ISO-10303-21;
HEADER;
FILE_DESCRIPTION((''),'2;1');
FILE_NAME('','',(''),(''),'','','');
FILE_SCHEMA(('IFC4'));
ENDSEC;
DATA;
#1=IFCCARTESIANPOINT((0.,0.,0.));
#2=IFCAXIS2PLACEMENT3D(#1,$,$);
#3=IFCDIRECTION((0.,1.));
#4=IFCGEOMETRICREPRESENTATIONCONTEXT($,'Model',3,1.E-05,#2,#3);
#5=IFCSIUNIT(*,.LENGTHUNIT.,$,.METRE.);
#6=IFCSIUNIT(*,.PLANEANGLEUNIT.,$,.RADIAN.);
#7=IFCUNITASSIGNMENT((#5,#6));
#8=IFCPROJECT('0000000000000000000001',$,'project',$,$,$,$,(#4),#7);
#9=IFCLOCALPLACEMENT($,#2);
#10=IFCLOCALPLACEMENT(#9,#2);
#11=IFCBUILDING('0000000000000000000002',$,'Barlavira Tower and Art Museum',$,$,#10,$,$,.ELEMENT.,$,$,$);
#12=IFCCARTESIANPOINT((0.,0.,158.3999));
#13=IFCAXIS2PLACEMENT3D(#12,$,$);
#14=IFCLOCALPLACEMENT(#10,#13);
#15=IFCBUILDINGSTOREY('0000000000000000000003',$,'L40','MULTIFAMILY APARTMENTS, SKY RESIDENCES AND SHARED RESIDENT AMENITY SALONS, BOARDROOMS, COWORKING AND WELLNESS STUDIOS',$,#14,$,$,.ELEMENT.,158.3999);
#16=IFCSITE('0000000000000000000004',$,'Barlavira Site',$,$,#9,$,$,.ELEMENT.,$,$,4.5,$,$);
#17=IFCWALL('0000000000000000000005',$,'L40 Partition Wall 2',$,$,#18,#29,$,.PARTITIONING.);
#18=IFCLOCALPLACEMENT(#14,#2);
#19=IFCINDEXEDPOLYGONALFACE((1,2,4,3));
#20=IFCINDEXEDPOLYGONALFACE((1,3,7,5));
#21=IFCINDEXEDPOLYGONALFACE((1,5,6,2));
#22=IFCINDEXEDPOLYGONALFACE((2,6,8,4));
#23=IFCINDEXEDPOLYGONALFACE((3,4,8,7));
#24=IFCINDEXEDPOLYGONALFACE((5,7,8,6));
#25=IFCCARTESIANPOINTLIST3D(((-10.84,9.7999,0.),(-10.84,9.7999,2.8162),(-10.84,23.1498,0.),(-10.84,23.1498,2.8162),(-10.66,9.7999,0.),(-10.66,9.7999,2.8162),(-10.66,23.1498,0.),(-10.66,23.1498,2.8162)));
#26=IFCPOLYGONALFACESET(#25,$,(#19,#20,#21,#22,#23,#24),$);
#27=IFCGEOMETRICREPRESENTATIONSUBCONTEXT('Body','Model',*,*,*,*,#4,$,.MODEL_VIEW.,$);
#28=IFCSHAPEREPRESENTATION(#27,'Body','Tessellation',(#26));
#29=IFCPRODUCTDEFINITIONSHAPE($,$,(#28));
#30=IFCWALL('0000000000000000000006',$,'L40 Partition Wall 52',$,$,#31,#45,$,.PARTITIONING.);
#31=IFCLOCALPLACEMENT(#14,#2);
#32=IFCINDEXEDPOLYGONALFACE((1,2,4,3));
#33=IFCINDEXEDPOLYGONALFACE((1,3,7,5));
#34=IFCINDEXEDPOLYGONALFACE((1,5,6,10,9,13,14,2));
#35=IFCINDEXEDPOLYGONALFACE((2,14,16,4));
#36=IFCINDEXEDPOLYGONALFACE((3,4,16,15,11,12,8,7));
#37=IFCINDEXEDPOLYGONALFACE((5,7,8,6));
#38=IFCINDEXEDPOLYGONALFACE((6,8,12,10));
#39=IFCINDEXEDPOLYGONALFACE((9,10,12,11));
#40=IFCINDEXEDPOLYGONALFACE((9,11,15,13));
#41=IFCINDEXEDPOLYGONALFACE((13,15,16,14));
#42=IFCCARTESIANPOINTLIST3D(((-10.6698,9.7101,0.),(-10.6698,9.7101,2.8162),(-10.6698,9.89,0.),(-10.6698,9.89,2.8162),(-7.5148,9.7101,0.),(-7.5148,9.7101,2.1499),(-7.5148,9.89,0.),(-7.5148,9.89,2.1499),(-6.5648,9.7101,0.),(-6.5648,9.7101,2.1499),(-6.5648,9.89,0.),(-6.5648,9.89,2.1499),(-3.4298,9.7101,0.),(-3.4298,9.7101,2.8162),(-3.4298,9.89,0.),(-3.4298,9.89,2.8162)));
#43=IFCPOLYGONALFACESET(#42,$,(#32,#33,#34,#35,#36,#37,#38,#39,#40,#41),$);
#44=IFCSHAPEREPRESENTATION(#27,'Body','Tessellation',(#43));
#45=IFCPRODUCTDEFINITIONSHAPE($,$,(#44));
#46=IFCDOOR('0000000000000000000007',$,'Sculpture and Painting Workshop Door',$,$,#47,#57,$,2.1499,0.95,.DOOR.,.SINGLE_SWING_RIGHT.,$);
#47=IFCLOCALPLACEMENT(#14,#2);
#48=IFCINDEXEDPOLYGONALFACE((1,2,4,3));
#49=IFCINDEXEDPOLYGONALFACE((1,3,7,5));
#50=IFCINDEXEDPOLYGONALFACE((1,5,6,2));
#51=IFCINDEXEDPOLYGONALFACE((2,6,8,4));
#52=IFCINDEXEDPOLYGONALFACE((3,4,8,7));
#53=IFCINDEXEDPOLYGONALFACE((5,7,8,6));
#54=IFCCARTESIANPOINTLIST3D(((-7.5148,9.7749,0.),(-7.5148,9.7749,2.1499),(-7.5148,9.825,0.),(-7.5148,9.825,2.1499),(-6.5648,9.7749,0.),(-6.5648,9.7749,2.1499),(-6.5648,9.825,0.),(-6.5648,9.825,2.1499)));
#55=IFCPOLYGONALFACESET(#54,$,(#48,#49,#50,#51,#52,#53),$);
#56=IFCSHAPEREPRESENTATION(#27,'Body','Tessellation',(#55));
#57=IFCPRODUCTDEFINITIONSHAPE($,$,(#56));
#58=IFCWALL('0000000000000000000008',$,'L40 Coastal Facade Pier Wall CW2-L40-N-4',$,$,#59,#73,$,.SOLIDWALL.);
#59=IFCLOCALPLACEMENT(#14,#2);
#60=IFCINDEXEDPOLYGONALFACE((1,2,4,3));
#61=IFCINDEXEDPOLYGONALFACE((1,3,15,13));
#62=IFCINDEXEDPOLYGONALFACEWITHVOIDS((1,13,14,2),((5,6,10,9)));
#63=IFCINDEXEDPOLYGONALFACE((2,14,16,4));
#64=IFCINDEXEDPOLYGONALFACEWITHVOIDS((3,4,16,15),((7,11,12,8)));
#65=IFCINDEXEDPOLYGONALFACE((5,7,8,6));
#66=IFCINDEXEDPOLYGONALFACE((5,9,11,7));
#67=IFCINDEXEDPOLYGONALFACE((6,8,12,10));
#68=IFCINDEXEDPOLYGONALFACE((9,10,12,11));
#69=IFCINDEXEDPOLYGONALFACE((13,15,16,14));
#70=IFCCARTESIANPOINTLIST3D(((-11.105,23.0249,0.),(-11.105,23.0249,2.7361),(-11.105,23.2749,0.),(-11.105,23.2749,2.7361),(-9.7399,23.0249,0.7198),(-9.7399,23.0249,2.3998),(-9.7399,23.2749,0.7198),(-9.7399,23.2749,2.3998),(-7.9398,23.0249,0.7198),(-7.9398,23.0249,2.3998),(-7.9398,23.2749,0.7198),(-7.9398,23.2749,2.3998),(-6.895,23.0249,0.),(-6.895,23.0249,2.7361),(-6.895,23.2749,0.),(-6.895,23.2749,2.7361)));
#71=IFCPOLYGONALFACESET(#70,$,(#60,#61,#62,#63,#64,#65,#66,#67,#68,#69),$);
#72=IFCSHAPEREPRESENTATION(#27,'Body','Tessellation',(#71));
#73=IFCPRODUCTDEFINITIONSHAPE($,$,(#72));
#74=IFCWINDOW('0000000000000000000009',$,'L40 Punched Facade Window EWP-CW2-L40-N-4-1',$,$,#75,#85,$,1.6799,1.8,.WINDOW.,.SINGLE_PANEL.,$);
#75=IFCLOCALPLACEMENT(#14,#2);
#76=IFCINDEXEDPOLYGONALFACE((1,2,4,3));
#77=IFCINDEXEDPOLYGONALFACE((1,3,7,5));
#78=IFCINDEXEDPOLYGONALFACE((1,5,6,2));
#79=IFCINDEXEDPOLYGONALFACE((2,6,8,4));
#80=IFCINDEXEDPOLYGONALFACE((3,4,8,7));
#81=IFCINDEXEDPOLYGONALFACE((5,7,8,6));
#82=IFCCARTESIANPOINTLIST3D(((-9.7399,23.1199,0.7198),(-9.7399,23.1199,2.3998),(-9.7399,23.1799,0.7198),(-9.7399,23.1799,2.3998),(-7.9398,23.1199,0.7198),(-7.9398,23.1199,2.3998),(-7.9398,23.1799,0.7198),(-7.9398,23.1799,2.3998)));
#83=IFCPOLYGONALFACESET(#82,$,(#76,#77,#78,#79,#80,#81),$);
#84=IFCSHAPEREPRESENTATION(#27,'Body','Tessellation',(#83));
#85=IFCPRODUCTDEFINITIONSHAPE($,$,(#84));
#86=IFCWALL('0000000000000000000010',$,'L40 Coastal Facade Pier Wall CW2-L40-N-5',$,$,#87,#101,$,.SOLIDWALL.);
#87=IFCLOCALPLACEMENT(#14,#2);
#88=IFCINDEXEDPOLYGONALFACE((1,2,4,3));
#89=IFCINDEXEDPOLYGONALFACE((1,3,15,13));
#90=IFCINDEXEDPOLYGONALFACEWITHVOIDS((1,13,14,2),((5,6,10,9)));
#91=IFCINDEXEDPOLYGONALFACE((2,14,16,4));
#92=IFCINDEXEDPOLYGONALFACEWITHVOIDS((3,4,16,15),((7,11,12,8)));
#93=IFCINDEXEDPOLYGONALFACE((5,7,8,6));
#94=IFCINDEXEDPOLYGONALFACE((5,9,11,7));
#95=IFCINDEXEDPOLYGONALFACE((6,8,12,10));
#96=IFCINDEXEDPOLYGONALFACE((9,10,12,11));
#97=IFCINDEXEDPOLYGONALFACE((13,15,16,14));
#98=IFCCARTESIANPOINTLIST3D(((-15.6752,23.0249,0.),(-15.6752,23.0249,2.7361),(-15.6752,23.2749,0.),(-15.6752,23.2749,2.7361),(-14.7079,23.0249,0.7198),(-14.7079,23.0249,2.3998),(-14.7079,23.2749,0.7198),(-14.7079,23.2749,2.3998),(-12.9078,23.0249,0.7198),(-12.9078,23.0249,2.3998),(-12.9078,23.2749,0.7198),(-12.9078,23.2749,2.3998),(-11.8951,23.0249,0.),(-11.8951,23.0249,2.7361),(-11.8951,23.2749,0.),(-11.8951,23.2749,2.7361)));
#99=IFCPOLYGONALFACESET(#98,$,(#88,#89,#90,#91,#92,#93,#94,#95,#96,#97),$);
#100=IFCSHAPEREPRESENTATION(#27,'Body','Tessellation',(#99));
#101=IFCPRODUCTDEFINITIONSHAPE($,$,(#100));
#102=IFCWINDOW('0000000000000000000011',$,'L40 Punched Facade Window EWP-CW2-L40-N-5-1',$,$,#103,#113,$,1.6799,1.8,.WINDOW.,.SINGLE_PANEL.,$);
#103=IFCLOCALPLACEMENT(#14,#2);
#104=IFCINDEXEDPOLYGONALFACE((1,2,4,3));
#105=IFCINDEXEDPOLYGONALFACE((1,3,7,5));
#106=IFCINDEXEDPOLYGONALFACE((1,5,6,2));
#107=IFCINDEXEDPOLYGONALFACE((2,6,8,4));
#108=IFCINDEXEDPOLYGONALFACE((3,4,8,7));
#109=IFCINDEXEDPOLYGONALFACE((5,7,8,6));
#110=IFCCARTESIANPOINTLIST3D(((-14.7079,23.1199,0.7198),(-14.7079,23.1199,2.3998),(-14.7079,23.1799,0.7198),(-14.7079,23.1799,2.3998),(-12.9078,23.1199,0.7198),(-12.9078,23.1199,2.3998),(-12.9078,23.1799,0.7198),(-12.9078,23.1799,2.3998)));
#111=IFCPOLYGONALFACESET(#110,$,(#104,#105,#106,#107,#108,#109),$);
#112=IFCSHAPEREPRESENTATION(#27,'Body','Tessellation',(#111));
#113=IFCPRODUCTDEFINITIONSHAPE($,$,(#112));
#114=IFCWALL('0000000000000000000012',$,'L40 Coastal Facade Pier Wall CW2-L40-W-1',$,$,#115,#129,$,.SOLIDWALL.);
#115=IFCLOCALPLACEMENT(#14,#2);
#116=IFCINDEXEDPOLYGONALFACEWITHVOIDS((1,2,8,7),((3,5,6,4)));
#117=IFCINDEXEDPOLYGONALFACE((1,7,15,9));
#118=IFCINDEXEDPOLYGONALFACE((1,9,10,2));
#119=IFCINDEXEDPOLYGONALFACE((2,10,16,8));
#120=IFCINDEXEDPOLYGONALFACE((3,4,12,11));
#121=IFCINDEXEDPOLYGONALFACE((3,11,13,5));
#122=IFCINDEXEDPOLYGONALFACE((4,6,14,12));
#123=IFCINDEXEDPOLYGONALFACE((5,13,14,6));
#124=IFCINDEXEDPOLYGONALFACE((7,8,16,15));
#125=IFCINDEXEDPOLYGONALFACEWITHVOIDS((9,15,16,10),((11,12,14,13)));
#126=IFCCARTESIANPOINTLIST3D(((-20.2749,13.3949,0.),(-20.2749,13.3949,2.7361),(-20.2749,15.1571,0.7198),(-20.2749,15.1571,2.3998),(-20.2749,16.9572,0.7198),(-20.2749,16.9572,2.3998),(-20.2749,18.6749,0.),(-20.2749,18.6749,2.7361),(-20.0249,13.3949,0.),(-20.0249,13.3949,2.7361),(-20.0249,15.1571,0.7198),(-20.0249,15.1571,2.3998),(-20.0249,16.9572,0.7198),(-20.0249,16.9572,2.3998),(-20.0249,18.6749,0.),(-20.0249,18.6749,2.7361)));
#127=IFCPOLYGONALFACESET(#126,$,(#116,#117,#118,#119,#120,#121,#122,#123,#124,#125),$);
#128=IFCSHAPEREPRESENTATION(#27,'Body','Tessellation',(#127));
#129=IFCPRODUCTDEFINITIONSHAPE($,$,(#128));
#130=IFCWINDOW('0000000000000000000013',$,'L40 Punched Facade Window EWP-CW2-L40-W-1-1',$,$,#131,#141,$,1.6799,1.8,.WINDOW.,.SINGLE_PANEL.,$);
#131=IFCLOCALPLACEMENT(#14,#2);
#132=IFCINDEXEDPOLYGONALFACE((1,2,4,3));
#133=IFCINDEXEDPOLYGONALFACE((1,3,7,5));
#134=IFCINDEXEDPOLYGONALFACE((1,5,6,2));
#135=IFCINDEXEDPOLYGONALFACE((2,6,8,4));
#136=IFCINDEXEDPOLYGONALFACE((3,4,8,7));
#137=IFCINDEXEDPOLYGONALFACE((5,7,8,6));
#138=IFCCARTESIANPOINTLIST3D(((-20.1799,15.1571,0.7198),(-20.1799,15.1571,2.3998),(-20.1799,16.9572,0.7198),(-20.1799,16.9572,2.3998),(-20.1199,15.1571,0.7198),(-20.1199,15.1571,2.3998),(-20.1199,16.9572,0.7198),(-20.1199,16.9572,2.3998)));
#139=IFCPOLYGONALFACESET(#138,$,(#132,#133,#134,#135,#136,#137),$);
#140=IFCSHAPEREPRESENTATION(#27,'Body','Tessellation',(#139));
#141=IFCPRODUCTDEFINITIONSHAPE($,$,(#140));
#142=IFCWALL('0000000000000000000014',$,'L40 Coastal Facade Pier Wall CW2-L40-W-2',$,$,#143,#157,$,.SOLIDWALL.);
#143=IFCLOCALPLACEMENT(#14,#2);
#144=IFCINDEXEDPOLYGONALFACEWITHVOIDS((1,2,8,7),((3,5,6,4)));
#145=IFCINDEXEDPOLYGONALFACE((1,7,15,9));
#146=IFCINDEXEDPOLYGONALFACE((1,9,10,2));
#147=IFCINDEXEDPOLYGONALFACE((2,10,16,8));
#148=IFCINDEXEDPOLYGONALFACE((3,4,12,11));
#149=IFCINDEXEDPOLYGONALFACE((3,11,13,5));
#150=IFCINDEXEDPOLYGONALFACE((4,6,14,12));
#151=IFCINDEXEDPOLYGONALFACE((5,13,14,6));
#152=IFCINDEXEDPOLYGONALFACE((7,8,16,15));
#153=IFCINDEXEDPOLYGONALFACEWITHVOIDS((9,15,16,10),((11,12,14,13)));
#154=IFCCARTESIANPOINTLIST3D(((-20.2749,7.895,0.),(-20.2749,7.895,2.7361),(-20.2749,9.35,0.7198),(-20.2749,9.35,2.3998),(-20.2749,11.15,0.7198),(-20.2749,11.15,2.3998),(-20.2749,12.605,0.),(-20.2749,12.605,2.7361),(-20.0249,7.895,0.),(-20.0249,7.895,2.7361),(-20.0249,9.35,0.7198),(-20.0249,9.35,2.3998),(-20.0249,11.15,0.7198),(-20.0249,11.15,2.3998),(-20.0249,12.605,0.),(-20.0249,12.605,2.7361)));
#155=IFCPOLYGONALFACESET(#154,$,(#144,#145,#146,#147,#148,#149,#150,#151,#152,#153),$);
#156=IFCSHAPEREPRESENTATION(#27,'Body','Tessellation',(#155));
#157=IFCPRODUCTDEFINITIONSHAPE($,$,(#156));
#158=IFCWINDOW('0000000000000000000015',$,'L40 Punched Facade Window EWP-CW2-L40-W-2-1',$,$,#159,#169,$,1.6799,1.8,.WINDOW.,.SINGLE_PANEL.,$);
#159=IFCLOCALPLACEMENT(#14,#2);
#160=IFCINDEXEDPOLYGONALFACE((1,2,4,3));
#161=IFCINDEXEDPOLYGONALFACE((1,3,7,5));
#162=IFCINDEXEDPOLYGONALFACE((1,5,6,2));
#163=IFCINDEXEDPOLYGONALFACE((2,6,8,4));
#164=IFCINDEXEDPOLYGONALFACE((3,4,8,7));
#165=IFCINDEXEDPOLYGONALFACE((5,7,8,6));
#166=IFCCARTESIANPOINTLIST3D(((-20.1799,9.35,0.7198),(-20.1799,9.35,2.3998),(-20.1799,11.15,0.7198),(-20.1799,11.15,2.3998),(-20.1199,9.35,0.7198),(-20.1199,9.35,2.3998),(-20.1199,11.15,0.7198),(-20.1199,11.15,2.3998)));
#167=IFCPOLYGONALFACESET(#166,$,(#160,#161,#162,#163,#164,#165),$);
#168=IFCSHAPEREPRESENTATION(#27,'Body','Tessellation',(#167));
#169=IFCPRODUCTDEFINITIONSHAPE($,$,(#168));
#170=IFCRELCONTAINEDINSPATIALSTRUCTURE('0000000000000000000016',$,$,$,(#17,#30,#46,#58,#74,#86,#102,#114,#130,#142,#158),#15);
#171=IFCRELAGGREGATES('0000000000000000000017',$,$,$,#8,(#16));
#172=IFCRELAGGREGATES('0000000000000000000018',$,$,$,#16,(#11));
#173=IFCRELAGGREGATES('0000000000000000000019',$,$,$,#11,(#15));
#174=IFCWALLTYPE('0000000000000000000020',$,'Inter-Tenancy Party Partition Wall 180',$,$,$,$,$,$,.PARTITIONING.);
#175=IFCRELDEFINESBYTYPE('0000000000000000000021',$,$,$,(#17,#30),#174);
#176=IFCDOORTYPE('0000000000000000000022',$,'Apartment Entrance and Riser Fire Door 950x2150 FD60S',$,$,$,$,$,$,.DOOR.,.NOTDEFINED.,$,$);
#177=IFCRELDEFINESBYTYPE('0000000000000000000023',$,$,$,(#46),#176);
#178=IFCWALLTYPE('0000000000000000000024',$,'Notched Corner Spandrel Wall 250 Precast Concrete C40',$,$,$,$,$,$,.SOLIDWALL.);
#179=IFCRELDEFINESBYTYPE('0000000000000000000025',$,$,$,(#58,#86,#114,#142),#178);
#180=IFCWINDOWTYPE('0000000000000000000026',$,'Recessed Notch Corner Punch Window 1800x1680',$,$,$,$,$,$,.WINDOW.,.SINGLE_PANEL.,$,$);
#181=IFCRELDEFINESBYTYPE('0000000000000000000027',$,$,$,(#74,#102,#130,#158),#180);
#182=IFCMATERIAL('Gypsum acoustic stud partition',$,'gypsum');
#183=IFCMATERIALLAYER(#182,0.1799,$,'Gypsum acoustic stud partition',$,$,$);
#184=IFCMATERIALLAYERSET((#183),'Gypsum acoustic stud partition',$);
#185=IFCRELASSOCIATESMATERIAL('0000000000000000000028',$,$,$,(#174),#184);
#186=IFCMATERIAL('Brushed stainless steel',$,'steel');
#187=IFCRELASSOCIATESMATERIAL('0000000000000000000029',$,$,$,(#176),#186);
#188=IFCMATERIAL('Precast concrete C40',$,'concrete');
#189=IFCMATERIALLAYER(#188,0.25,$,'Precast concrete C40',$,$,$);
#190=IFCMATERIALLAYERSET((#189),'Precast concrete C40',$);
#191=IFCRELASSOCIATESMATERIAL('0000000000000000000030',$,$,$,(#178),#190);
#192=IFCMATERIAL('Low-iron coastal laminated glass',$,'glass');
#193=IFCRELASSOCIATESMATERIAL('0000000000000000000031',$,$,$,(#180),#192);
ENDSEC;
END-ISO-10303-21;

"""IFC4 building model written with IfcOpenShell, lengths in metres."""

from ifc_helpers import new_model, si_unit, direction, frame, frame_2d, origin, place, context, subcontext, project, spatial, rectangle, extrude, material, layer, layer_set, type_object, element, fill, save


model = new_model("IFC4")

# Units and contexts
model_context = context("Model", 3, precision=1e-05, world=origin(), true_north=direction((0.0, 1.0)))
body_context = subcontext(model_context, "Body", "Model", "MODEL_VIEW")
ifc_project = project(units=[si_unit("LENGTHUNIT", "METRE"), si_unit("PLANEANGLEUNIT", "RADIAN")], contexts=[model_context])

# Site, building, storey
site_placement = place(None, origin())
site = spatial("IfcSite", under=ifc_project, at=site_placement, Name="Barlavira Site", CompositionType="ELEMENT", RefElevation=4.5)
building_placement = place(site_placement, origin())
building = spatial("IfcBuilding", under=site, at=building_placement, Name="Barlavira Tower and Art Museum", CompositionType="ELEMENT")
storey_placement = place(building_placement, frame((0.0, 0.0, 158.3999)))
storey = spatial("IfcBuildingStorey", under=building, at=storey_placement, Name="L40", Description="MULTIFAMILY APARTMENTS, SKY RESIDENCES AND SHARED RESIDENT AMENITY SALONS, BOARDROOMS, COWORKING AND WELLNESS STUDIOS", CompositionType="ELEMENT", Elevation=158.3999)

# Wall
ifc_material_1 = material(Name="Gypsum acoustic stud partition", Category="gypsum")
ifc_layer_1 = layer(ifc_material_1, 0.1799, Name="Gypsum acoustic stud partition")
ifc_layer_set_1 = layer_set([ifc_layer_1], Name="Gypsum acoustic stud partition")
wall_type_1 = type_object("IfcWallType", Name="Inter-Tenancy Party Partition Wall 180", PredefinedType="PARTITIONING", material=ifc_layer_set_1)
wall_1_placement = place(storey_placement, frame((-10.75, 9.8, 0.0), z_axis=(0.0, 0.0, 1.0), x_axis=(0.0, 1.0, 0.0)))
element("IfcWall", 1, at=wall_1_placement, inside=storey, type_object=wall_type_1, Name="L40 Partition Wall 2", PredefinedType="PARTITIONING", context=body_context, shape_type="SweptSolid", body=[
    extrude(rectangle(XDim=13.3499, YDim=0.1799, at=frame_2d((6.6748, 0.0))), origin(), (0.0, 0.0, 1.0), 2.8162),
])

# Wall, opening, door
ifc_material_2 = material(Name="Brushed stainless steel", Category="steel")
door_type = type_object("IfcDoorType", Name="Apartment Entrance and Riser Fire Door 950x2150 FD60S", OperationType="NOTDEFINED", PredefinedType="DOOR", material=ifc_material_2)
wall_2_placement = place(storey_placement, frame((-10.6699, 9.8, 0.0), z_axis=(0.0, 0.0, 1.0), x_axis=(1.0, 0.0, 0.0)))
wall_2 = element("IfcWall", 2, at=wall_2_placement, inside=storey, type_object=wall_type_1, Name="L40 Partition Wall 52", PredefinedType="PARTITIONING", context=body_context, shape_type="SweptSolid", body=[
    extrude(rectangle(XDim=7.24, YDim=0.1799, at=frame_2d((3.6201, 0.0))), origin(), (0.0, 0.0, 1.0), 2.8162),
])
opening_1_placement = place(wall_2_placement, frame((3.155, 0.0, 0.0)))
opening_1 = element("IfcOpeningElement", 3, at=opening_1_placement, cuts=wall_2, PredefinedType="OPENING", context=body_context, shape_type="SweptSolid", body=[
    extrude(rectangle(XDim=0.95, YDim=2.1499, at=frame_2d((0.4751, 1.075))), frame((0.0, 0.1001, 0.0), z_axis=(0.0, -1.0, 0.0), x_axis=(1.0, 0.0, 0.0)), (0.0, 0.0, 1.0), 0.2),
])
door_1_placement = place(opening_1_placement, origin())
door_1 = element("IfcDoor", 4, at=door_1_placement, inside=storey, type_object=door_type, Name="Sculpture and Painting Workshop Door", OperationType="SINGLE_SWING_RIGHT", OverallHeight=2.1499, OverallWidth=0.95, PredefinedType="DOOR", context=body_context, shape_type="SweptSolid", body=[
    extrude(rectangle(XDim=0.95, YDim=2.1499, at=frame_2d((0.4751, 1.075))), frame((0.0, 0.0249, 0.0), z_axis=(0.0, -1.0, 0.0), x_axis=(1.0, 0.0, 0.0)), (0.0, 0.0, 1.0), 0.05),
])
fill(opening_1, door_1)

# Walls, openings, windows
ifc_material_3 = material(Name="Precast concrete C40", Category="concrete")
ifc_layer_2 = layer(ifc_material_3, 0.25, Name="Precast concrete C40")
ifc_layer_set_2 = layer_set([ifc_layer_2], Name="Precast concrete C40")
wall_type_2 = type_object("IfcWallType", Name="Notched Corner Spandrel Wall 250 Precast Concrete C40", PredefinedType="SOLIDWALL", material=ifc_layer_set_2)
wall_3_placement = place(storey_placement, frame((-6.895, 23.1499, 0.0), z_axis=(0.0, 0.0, 1.0), x_axis=(-1.0, 0.0, 0.0)))
wall_3 = element("IfcWall", 5, at=wall_3_placement, inside=storey, type_object=wall_type_2, Name="L40 Coastal Facade Pier Wall CW2-L40-N-4", PredefinedType="SOLIDWALL", context=body_context, shape_type="SweptSolid", body=[
    extrude(rectangle(XDim=4.21, YDim=0.25, at=frame_2d((2.105, 0.0))), origin(), (0.0, 0.0, 1.0), 2.7361),
])
opening_2_placement = place(wall_3_placement, frame((1.0449, 0.0, 0.72)))
opening_2 = element("IfcOpeningElement", 6, at=opening_2_placement, cuts=wall_3, PredefinedType="OPENING", context=body_context, shape_type="SweptSolid", body=[
    extrude(rectangle(XDim=1.8, YDim=1.6799, at=frame_2d((0.8999, 0.8398))), frame((0.0, 0.135, 0.0), z_axis=(0.0, -1.0, 0.0), x_axis=(1.0, 0.0, 0.0)), (0.0, 0.0, 1.0), 0.27),
])
ifc_material_4 = material(Name="Low-iron coastal laminated glass", Category="glass")
window_type = type_object("IfcWindowType", Name="Recessed Notch Corner Punch Window 1800x1680", PartitioningType="SINGLE_PANEL", PredefinedType="WINDOW", material=ifc_material_4)
window_1_placement = place(opening_2_placement, origin())
window_1 = element("IfcWindow", 7, at=window_1_placement, inside=storey, type_object=window_type, Name="L40 Punched Facade Window EWP-CW2-L40-N-4-1", OverallHeight=1.6799, OverallWidth=1.8, PartitioningType="SINGLE_PANEL", PredefinedType="WINDOW", context=body_context, shape_type="SweptSolid", body=[
    extrude(rectangle(XDim=1.8, YDim=1.6799, at=frame_2d((0.8999, 0.8398))), frame((0.0, 0.03, 0.0), z_axis=(0.0, -1.0, 0.0), x_axis=(1.0, 0.0, 0.0)), (0.0, 0.0, 1.0), 0.0601),
])
fill(opening_2, window_1)
wall_4_placement = place(storey_placement, frame((-11.895, 23.1499, 0.0), z_axis=(0.0, 0.0, 1.0), x_axis=(-1.0, 0.0, 0.0)))
wall_4 = element("IfcWall", 8, at=wall_4_placement, inside=storey, type_object=wall_type_2, Name="L40 Coastal Facade Pier Wall CW2-L40-N-5", PredefinedType="SOLIDWALL", context=body_context, shape_type="SweptSolid", body=[
    extrude(rectangle(XDim=3.78, YDim=0.25, at=frame_2d((1.8901, 0.0))), origin(), (0.0, 0.0, 1.0), 2.7361),
])
opening_3_placement = place(wall_4_placement, frame((1.0129, 0.0, 0.72)))
opening_3 = element("IfcOpeningElement", 9, at=opening_3_placement, cuts=wall_4, PredefinedType="OPENING", context=body_context, shape_type="SweptSolid", body=[
    extrude(rectangle(XDim=1.8, YDim=1.6799, at=frame_2d((0.8999, 0.8398))), frame((0.0, 0.135, 0.0), z_axis=(0.0, -1.0, 0.0), x_axis=(1.0, 0.0, 0.0)), (0.0, 0.0, 1.0), 0.27),
])
window_2_placement = place(opening_3_placement, origin())
window_2 = element("IfcWindow", 10, at=window_2_placement, inside=storey, type_object=window_type, Name="L40 Punched Facade Window EWP-CW2-L40-N-5-1", OverallHeight=1.6799, OverallWidth=1.8, PartitioningType="SINGLE_PANEL", PredefinedType="WINDOW", context=body_context, shape_type="SweptSolid", body=[
    extrude(rectangle(XDim=1.8, YDim=1.6799, at=frame_2d((0.8999, 0.8398))), frame((0.0, 0.03, 0.0), z_axis=(0.0, -1.0, 0.0), x_axis=(1.0, 0.0, 0.0)), (0.0, 0.0, 1.0), 0.0601),
])
fill(opening_3, window_2)
wall_5_placement = place(storey_placement, frame((-20.1499, 18.675, 0.0), z_axis=(0.0, 0.0, 1.0), x_axis=(0.0, -1.0, 0.0)))
wall_5 = element("IfcWall", 11, at=wall_5_placement, inside=storey, type_object=wall_type_2, Name="L40 Coastal Facade Pier Wall CW2-L40-W-1", PredefinedType="SOLIDWALL", context=body_context, shape_type="SweptSolid", body=[
    extrude(rectangle(XDim=5.28, YDim=0.25, at=frame_2d((2.6401, 0.0))), origin(), (0.0, 0.0, 1.0), 2.7361),
])
opening_4_placement = place(wall_5_placement, frame((1.718, 0.0, 0.72)))
opening_4 = element("IfcOpeningElement", 12, at=opening_4_placement, cuts=wall_5, PredefinedType="OPENING", context=body_context, shape_type="SweptSolid", body=[
    extrude(rectangle(XDim=1.8, YDim=1.6799, at=frame_2d((0.8999, 0.8398))), frame((0.0, 0.135, 0.0), z_axis=(0.0, -1.0, 0.0), x_axis=(1.0, 0.0, 0.0)), (0.0, 0.0, 1.0), 0.27),
])
window_3_placement = place(opening_4_placement, origin())
window_3 = element("IfcWindow", 13, at=window_3_placement, inside=storey, type_object=window_type, Name="L40 Punched Facade Window EWP-CW2-L40-W-1-1", OverallHeight=1.6799, OverallWidth=1.8, PartitioningType="SINGLE_PANEL", PredefinedType="WINDOW", context=body_context, shape_type="SweptSolid", body=[
    extrude(rectangle(XDim=1.8, YDim=1.6799, at=frame_2d((0.8999, 0.8398))), frame((0.0, 0.03, 0.0), z_axis=(0.0, -1.0, 0.0), x_axis=(1.0, 0.0, 0.0)), (0.0, 0.0, 1.0), 0.0601),
])
fill(opening_4, window_3)
wall_6_placement = place(storey_placement, frame((-20.1499, 12.605, 0.0), z_axis=(0.0, 0.0, 1.0), x_axis=(0.0, -1.0, 0.0)))
wall_6 = element("IfcWall", 14, at=wall_6_placement, inside=storey, type_object=wall_type_2, Name="L40 Coastal Facade Pier Wall CW2-L40-W-2", PredefinedType="SOLIDWALL", context=body_context, shape_type="SweptSolid", body=[
    extrude(rectangle(XDim=4.71, YDim=0.25, at=frame_2d((2.355, 0.0))), origin(), (0.0, 0.0, 1.0), 2.7361),
])
opening_5_placement = place(wall_6_placement, frame((1.4551, 0.0, 0.72)))
opening_5 = element("IfcOpeningElement", 15, at=opening_5_placement, cuts=wall_6, PredefinedType="OPENING", context=body_context, shape_type="SweptSolid", body=[
    extrude(rectangle(XDim=1.8, YDim=1.6799, at=frame_2d((0.8999, 0.8398))), frame((0.0, 0.135, 0.0), z_axis=(0.0, -1.0, 0.0), x_axis=(1.0, 0.0, 0.0)), (0.0, 0.0, 1.0), 0.27),
])
window_4_placement = place(opening_5_placement, origin())
window_4 = element("IfcWindow", 16, at=window_4_placement, inside=storey, type_object=window_type, Name="L40 Punched Facade Window EWP-CW2-L40-W-2-1", OverallHeight=1.6799, OverallWidth=1.8, PartitioningType="SINGLE_PANEL", PredefinedType="WINDOW", context=body_context, shape_type="SweptSolid", body=[
    extrude(rectangle(XDim=1.8, YDim=1.6799, at=frame_2d((0.8999, 0.8398))), frame((0.0, 0.03, 0.0), z_axis=(0.0, -1.0, 0.0), x_axis=(1.0, 0.0, 0.0)), (0.0, 0.0, 1.0), 0.0601),
])
fill(opening_5, window_4)

save(model, "model.ifc")
